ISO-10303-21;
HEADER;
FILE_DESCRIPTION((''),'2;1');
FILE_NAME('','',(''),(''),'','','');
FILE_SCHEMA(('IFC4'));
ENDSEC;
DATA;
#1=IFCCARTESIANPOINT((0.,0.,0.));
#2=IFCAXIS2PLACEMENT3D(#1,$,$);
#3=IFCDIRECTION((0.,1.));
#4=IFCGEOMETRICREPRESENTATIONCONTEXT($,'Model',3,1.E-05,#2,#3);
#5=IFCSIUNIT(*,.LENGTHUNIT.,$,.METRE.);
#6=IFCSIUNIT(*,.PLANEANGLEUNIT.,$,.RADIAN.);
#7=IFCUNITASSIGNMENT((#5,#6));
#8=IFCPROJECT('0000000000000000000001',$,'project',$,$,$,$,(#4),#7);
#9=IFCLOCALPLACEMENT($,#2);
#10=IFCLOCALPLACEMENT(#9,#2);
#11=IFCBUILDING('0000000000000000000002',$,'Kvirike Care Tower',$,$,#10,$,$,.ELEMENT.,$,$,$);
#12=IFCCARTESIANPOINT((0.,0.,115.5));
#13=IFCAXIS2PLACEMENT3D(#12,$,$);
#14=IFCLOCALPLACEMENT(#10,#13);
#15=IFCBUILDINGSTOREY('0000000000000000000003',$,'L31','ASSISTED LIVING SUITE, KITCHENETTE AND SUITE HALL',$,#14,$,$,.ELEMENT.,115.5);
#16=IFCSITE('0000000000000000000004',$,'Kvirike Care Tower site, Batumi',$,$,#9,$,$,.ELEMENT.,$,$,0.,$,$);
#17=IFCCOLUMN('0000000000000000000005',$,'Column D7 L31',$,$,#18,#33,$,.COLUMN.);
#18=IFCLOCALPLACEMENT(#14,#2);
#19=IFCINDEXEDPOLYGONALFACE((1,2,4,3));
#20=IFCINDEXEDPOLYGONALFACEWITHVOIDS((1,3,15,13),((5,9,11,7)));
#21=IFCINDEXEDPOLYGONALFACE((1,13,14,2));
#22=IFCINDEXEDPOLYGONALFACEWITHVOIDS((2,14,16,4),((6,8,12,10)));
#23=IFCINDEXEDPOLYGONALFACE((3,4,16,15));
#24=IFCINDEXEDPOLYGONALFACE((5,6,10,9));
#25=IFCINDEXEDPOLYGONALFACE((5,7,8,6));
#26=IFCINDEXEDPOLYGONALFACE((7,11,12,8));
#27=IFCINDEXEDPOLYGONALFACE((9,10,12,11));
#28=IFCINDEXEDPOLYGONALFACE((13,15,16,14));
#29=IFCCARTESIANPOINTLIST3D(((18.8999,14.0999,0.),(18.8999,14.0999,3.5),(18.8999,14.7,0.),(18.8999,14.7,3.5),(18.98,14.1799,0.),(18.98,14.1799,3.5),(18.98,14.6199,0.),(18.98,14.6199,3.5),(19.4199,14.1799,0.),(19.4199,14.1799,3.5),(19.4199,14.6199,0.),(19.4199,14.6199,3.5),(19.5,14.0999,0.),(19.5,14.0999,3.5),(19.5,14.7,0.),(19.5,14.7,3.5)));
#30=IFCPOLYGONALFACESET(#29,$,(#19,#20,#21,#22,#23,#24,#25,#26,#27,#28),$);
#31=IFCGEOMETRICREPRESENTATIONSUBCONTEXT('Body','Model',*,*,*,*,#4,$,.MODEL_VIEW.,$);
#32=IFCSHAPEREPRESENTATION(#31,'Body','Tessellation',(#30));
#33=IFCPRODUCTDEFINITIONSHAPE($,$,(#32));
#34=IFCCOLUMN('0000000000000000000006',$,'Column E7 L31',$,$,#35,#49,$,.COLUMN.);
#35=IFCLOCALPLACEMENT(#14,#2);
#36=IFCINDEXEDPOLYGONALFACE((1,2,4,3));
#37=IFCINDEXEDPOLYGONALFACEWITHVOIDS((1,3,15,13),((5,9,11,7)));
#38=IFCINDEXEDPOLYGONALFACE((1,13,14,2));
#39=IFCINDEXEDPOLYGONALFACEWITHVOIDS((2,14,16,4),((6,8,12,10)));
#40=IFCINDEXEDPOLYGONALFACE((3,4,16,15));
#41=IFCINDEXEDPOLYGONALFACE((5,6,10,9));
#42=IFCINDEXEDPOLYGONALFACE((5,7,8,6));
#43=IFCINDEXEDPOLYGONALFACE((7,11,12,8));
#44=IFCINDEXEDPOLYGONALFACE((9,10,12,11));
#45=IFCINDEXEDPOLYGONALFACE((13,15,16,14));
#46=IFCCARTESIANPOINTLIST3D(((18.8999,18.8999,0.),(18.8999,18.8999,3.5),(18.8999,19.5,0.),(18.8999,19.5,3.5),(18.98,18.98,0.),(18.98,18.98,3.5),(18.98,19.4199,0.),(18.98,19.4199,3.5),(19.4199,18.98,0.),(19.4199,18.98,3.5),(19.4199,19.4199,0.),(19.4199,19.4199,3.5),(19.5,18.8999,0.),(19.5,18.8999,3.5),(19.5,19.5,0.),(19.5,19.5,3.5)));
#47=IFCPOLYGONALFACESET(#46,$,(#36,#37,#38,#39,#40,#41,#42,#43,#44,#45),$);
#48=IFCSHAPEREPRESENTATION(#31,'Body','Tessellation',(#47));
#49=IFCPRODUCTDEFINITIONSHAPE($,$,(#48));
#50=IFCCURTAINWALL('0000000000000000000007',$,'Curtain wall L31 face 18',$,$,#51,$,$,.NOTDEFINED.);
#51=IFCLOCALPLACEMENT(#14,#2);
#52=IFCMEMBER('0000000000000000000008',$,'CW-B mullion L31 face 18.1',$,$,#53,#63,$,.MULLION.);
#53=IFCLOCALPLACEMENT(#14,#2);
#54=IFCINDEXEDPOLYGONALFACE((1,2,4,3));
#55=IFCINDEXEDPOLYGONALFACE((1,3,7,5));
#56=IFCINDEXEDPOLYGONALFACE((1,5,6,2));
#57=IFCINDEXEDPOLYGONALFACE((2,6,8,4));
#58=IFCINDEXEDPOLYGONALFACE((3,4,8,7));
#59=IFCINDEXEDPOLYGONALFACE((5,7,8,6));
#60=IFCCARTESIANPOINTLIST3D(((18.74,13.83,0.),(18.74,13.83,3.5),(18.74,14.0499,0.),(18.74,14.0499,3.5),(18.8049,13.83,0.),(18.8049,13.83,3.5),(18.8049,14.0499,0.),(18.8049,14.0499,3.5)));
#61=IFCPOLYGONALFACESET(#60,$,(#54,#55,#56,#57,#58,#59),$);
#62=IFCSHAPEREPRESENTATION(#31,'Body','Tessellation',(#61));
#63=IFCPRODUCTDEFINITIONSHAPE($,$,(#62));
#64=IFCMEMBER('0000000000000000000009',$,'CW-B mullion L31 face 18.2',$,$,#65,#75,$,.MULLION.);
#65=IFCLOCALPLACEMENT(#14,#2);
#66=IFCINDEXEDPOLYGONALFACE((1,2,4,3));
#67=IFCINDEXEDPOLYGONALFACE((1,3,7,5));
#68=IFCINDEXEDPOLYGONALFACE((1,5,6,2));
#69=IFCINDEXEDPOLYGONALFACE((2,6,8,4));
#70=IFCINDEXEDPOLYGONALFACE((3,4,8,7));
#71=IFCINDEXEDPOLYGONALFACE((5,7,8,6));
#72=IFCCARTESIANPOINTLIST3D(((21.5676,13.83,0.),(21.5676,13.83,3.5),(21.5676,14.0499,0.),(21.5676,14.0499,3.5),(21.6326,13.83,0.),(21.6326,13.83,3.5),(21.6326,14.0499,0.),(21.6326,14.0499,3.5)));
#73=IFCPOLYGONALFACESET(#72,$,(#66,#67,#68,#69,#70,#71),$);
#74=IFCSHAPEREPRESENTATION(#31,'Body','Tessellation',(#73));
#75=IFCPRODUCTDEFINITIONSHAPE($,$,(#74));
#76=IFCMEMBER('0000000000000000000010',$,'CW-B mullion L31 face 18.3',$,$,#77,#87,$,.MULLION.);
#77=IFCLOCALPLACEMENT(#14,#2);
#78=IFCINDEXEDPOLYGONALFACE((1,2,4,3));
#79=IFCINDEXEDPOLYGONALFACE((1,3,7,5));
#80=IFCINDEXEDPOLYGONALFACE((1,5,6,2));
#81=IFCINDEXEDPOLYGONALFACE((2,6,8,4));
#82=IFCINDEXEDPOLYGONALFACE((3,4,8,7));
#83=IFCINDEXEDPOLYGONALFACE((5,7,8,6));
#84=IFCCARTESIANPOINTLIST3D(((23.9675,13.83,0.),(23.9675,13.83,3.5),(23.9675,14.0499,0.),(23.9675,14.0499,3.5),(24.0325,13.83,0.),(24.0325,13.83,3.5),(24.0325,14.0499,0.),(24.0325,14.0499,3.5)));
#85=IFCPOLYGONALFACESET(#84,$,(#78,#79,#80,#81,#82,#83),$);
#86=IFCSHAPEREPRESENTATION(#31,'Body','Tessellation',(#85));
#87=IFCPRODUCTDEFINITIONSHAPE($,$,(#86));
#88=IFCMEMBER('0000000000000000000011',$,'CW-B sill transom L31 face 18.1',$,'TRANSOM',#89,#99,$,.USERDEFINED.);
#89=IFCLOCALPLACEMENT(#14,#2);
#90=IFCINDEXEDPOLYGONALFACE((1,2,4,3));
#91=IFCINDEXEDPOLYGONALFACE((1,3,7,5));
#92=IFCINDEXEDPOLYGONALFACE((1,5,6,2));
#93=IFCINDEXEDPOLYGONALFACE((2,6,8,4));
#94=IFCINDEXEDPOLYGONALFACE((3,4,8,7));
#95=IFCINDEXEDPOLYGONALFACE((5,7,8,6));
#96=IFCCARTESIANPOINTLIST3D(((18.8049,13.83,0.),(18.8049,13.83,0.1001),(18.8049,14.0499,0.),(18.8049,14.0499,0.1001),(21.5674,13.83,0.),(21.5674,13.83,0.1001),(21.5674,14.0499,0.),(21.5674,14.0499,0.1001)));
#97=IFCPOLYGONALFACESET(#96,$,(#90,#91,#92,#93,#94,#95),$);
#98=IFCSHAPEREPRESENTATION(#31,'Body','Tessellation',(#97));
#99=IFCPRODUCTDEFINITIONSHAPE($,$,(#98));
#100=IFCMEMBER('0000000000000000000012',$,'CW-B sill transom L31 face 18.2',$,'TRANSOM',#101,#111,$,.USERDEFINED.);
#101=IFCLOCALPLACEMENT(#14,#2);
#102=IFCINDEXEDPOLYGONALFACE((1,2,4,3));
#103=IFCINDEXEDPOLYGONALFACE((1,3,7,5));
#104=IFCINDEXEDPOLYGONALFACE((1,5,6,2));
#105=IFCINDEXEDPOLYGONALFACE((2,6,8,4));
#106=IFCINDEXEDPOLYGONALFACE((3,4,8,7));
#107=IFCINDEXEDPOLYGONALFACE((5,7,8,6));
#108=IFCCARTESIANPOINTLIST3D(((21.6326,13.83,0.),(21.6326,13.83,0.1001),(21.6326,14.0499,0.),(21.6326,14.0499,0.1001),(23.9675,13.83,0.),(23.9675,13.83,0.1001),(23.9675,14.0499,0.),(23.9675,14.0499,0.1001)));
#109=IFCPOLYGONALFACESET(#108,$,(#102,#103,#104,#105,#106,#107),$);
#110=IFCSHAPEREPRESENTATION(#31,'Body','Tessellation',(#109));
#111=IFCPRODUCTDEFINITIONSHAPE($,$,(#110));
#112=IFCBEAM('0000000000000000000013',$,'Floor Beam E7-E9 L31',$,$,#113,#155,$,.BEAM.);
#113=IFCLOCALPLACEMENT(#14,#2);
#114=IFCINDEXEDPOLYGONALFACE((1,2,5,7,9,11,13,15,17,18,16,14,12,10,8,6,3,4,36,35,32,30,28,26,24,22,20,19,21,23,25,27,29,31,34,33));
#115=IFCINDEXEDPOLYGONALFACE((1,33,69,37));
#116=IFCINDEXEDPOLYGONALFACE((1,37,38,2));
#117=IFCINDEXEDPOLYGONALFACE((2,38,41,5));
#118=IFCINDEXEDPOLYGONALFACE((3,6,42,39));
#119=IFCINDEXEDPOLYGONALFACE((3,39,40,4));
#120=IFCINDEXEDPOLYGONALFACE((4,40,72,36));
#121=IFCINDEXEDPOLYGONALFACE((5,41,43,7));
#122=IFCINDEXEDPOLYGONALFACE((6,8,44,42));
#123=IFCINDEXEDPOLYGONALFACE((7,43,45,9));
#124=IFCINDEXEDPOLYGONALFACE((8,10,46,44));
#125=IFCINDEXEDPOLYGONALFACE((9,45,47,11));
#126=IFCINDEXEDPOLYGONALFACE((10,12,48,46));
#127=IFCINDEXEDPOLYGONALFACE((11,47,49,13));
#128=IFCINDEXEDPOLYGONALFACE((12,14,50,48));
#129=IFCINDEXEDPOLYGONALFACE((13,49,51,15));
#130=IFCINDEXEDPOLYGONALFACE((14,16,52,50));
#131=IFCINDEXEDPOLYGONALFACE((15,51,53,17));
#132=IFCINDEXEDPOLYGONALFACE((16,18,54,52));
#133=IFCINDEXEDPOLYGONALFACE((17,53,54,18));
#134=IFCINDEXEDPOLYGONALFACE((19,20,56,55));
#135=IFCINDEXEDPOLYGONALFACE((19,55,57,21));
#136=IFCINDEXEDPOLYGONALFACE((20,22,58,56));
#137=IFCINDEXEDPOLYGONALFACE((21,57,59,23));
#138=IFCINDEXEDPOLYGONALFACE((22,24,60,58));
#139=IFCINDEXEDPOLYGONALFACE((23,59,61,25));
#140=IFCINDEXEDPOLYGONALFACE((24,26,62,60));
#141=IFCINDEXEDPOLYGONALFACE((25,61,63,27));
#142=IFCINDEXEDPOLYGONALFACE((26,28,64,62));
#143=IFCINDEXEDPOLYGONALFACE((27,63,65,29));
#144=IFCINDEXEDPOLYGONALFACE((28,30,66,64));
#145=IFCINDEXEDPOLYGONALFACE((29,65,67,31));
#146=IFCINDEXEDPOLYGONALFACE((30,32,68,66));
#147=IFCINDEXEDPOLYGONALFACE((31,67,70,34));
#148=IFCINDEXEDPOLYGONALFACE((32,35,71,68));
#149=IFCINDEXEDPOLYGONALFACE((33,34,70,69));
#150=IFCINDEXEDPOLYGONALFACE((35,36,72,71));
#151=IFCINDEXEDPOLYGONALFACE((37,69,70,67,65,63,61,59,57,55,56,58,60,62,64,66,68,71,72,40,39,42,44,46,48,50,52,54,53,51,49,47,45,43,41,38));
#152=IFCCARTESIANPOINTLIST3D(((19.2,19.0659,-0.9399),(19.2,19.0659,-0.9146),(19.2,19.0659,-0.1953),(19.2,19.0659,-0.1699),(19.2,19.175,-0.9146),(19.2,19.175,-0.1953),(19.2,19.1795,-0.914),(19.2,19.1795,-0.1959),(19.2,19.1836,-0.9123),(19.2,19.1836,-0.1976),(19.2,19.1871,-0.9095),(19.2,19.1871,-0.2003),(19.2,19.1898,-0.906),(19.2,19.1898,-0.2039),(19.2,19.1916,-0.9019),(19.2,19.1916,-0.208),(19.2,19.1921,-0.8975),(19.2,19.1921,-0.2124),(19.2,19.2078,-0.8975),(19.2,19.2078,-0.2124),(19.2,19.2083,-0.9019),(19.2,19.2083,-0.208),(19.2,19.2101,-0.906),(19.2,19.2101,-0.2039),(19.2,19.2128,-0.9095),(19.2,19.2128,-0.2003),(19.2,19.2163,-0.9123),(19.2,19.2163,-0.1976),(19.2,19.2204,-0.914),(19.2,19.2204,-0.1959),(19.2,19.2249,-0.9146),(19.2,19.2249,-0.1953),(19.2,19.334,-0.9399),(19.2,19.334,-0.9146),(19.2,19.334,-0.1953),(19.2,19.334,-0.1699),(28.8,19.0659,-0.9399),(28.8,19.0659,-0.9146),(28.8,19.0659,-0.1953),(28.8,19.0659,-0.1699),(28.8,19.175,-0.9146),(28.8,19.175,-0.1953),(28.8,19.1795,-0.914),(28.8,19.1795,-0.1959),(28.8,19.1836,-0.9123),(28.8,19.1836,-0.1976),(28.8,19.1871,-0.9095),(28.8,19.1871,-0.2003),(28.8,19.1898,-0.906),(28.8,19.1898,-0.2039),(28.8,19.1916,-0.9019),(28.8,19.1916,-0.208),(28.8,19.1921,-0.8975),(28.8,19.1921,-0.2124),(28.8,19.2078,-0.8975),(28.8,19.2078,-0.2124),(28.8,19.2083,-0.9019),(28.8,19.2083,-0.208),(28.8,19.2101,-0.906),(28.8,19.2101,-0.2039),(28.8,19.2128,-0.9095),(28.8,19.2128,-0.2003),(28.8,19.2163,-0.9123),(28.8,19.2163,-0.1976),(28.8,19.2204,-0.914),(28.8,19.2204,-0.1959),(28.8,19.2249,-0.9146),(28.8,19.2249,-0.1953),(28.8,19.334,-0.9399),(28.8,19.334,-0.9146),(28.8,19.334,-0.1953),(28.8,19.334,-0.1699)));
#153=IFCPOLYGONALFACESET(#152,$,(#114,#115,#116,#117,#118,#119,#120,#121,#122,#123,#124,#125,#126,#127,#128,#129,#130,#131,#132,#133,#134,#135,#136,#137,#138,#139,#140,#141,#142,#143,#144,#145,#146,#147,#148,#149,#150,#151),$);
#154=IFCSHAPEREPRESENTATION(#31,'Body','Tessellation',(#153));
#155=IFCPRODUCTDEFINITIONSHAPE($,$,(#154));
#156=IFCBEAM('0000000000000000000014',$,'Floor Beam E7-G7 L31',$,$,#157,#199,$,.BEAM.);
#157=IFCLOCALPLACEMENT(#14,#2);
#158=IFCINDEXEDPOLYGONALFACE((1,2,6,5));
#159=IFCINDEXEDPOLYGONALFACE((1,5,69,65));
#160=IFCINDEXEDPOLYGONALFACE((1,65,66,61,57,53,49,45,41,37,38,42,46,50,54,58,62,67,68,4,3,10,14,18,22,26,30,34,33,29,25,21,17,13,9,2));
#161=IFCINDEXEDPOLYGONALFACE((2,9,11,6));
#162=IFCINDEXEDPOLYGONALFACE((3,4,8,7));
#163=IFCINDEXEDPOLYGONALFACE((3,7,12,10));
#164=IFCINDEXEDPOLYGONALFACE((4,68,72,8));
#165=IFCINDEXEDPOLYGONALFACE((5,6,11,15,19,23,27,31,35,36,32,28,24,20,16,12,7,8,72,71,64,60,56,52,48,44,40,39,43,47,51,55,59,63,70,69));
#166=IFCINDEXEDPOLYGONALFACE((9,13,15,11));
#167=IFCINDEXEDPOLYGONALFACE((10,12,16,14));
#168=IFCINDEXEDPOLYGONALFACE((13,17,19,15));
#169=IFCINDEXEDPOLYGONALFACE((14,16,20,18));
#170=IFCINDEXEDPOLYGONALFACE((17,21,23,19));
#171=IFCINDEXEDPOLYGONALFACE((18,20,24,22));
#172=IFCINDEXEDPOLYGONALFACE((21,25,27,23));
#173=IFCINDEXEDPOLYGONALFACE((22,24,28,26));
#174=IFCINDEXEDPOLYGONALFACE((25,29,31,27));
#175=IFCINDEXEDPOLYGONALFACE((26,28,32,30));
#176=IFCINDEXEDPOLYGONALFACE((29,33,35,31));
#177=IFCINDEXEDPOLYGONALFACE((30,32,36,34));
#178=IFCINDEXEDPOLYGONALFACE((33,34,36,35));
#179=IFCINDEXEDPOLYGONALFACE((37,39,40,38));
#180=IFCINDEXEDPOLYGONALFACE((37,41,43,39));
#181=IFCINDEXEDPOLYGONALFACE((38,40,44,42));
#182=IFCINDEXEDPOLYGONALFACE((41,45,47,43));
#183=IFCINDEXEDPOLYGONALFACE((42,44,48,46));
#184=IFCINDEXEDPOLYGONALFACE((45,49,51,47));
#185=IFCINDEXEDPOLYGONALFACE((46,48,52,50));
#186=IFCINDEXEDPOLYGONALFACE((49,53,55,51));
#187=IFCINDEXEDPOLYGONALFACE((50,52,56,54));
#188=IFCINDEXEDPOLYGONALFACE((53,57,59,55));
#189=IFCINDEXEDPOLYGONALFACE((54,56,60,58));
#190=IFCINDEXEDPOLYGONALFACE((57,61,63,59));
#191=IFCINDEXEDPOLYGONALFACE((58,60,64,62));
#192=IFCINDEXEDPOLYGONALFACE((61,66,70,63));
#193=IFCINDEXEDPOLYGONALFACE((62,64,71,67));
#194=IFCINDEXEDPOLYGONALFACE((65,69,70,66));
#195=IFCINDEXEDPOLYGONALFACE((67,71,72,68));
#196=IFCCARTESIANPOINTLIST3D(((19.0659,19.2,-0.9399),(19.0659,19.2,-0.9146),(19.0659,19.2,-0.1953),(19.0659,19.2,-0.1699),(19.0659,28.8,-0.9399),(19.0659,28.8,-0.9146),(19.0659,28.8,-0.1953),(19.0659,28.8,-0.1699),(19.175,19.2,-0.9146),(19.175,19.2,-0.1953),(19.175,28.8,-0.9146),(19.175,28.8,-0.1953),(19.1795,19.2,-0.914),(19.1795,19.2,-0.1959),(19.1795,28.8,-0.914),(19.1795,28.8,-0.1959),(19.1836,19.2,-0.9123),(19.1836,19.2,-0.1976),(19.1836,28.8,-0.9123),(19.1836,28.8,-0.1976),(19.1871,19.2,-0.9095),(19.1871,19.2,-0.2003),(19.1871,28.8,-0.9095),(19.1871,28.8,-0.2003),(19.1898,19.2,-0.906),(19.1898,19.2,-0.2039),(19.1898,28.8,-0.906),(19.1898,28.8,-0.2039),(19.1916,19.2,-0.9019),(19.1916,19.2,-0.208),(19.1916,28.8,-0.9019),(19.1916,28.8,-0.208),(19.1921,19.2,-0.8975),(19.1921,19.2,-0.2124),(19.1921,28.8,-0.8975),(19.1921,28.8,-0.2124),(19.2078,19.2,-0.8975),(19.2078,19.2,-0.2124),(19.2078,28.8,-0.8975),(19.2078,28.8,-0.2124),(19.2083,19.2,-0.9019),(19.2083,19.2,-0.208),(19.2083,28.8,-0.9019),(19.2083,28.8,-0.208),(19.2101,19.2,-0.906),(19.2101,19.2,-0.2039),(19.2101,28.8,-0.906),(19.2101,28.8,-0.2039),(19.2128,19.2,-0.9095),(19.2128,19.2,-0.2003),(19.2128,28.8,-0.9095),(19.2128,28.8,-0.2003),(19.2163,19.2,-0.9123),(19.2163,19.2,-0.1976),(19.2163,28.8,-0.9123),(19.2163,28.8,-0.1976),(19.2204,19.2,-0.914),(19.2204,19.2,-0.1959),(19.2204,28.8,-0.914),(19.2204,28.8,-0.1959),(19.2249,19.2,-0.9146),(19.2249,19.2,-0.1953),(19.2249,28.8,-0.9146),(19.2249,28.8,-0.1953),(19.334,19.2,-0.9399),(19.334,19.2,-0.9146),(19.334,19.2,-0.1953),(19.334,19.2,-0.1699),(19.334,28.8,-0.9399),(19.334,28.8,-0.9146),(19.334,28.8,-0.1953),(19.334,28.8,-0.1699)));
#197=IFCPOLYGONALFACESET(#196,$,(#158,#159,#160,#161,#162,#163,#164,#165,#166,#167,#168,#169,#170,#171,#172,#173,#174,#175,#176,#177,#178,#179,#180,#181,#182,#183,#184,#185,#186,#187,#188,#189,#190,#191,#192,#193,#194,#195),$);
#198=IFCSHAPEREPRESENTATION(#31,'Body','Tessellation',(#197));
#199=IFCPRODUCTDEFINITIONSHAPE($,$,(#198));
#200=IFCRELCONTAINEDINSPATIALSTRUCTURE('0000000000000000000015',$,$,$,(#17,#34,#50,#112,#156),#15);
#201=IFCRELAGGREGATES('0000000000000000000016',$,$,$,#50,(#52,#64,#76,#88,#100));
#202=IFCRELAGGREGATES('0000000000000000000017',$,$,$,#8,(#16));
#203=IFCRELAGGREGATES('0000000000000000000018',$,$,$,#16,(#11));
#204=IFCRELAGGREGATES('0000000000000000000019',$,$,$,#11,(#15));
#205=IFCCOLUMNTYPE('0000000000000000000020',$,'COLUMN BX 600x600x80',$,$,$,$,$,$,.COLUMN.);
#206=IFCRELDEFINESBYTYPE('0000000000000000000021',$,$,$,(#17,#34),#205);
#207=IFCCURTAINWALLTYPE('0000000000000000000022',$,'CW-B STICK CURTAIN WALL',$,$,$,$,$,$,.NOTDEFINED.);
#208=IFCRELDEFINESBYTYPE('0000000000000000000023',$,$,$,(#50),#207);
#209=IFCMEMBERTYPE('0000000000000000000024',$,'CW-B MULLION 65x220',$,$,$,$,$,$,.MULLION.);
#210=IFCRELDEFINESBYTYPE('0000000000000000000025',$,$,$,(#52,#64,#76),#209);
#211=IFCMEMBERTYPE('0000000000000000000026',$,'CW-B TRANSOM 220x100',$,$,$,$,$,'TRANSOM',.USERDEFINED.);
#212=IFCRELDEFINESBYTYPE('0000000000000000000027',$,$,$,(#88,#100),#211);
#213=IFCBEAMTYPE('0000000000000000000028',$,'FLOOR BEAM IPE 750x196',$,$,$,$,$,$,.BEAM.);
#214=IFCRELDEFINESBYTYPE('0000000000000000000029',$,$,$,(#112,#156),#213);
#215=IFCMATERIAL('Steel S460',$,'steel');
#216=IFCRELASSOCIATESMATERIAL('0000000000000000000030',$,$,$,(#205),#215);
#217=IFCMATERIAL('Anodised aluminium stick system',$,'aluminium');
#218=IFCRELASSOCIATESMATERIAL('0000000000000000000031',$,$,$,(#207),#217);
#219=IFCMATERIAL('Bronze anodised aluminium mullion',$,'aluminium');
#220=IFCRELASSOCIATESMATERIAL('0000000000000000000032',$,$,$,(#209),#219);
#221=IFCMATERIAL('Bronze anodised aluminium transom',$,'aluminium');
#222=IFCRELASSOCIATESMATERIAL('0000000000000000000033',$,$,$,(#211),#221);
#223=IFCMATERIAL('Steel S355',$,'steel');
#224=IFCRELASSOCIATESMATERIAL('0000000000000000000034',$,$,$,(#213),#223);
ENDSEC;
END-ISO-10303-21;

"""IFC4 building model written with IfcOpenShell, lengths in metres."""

from ifc_helpers import new_model, si_unit, direction, frame, origin, origin_2d, place, context, subcontext, project, spatial, rectangle, hollow_rectangle, i_section, extrude, material, material_profile, profile_set, type_object, element, aggregate, save


model = new_model("IFC4")

# Units and contexts
model_context = context("Model", 3, precision=1e-05, world=origin(), true_north=direction((0.0, 1.0)))
body_context = subcontext(model_context, "Body", "Model", "MODEL_VIEW")
ifc_project = project(units=[si_unit("LENGTHUNIT", "METRE"), si_unit("PLANEANGLEUNIT", "RADIAN")], contexts=[model_context])

# Site, building, storey
site_placement = place(None, origin())
site = spatial("IfcSite", under=ifc_project, at=site_placement, Name="Kvirike Care Tower site, Batumi", CompositionType="ELEMENT", RefElevation=0.0)
building_placement = place(site_placement, origin())
building = spatial("IfcBuilding", under=site, at=building_placement, Name="Kvirike Care Tower", CompositionType="ELEMENT")
storey_placement = place(building_placement, frame((0.0, 0.0, 115.5)))
storey = spatial("IfcBuildingStorey", under=building, at=storey_placement, Name="L31", Description="ASSISTED LIVING SUITE, KITCHENETTE AND SUITE HALL", CompositionType="ELEMENT", Elevation=115.5)

# Columns
ifc_material_1 = material(Name="Steel S460", Category="steel")
ifc_material_profile_1 = material_profile(ifc_material_1, hollow_rectangle(XDim=0.6001, YDim=0.6001, WallThickness=0.0801, at=origin_2d()), Name="BX 600x600x80")
ifc_profile_set_1 = profile_set([ifc_material_profile_1], Name="Steel S460")
column_type = type_object("IfcColumnType", Name="COLUMN BX 600x600x80", PredefinedType="COLUMN", material=ifc_profile_set_1)
for number, where, z_axis, x_axis, name in (
    (1, (19.2, 14.3999, 0.0), (0.0, 0.0, 1.0), (0.0, 1.0, 0.0), "Column D7 L31"),
    (2, (19.2, 19.2, 0.0), (0.0, 0.0, 1.0), (0.0, 1.0, 0.0), "Column E7 L31"),
):
    element("IfcColumn", number, at=place(storey_placement, frame(where, z_axis=z_axis, x_axis=x_axis)), inside=storey, type_object=column_type, Name=name, PredefinedType="COLUMN", context=body_context, shape_type="SweptSolid", body=[
        extrude(hollow_rectangle(XDim=0.6001, YDim=0.6001, WallThickness=0.0801, at=origin_2d()), origin(), (0.0, 0.0, 1.0), 3.5),
    ])

# Curtain wall, members
ifc_material_2 = material(Name="Anodised aluminium stick system", Category="aluminium")
curtain_wall_type = type_object("IfcCurtainWallType", Name="CW-B STICK CURTAIN WALL", PredefinedType="NOTDEFINED", material=ifc_material_2)
curtain_wall_placement = place(storey_placement, origin())
curtain_wall = element("IfcCurtainWall", 3, at=curtain_wall_placement, inside=storey, type_object=curtain_wall_type, Name="Curtain wall L31 face 18", PredefinedType="NOTDEFINED")
ifc_material_3 = material(Name="Bronze anodised aluminium mullion", Category="aluminium")
ifc_material_profile_2 = material_profile(ifc_material_3, rectangle(XDim=0.0649, YDim=0.22, at=origin_2d()), Name="CW-B MULLION 65x220")
ifc_profile_set_2 = profile_set([ifc_material_profile_2], Name="Bronze anodised aluminium mullion")
member_type_1 = type_object("IfcMemberType", Name="CW-B MULLION 65x220", PredefinedType="MULLION", material=ifc_profile_set_2)
member_1_placement = place(storey_placement, frame((18.7725, 13.9399, 0.0), z_axis=(0.0, 0.0, 1.0), x_axis=(1.0, 0.0, 0.0)))
member_1 = element("IfcMember", 4, at=member_1_placement, type_object=member_type_1, Name="CW-B mullion L31 face 18.1", PredefinedType="MULLION", context=body_context, shape_type="SweptSolid", body=[
    extrude(rectangle(XDim=0.0649, YDim=0.22, at=origin_2d()), origin(), (0.0, 0.0, 1.0), 3.5),
])
member_2_placement = place(storey_placement, frame((21.6001, 13.9399, 0.0), z_axis=(0.0, 0.0, 1.0), x_axis=(1.0, 0.0, 0.0)))
member_2 = element("IfcMember", 5, at=member_2_placement, type_object=member_type_1, Name="CW-B mullion L31 face 18.2", PredefinedType="MULLION", context=body_context, shape_type="SweptSolid", body=[
    extrude(rectangle(XDim=0.0649, YDim=0.22, at=origin_2d()), origin(), (0.0, 0.0, 1.0), 3.5),
])
member_3_placement = place(storey_placement, frame((24.0, 13.9399, 0.0), z_axis=(0.0, 0.0, 1.0), x_axis=(1.0, 0.0, 0.0)))
member_3 = element("IfcMember", 6, at=member_3_placement, type_object=member_type_1, Name="CW-B mullion L31 face 18.3", PredefinedType="MULLION", context=body_context, shape_type="SweptSolid", body=[
    extrude(rectangle(XDim=0.0649, YDim=0.22, at=origin_2d()), origin(), (0.0, 0.0, 1.0), 3.5),
])
ifc_material_4 = material(Name="Bronze anodised aluminium transom", Category="aluminium")
ifc_material_profile_3 = material_profile(ifc_material_4, rectangle(XDim=0.22, YDim=0.1001, at=origin_2d()), Name="CW-B TRANSOM 220x100")
ifc_profile_set_3 = profile_set([ifc_material_profile_3], Name="Bronze anodised aluminium transom")
member_type_2 = type_object("IfcMemberType", Name="CW-B TRANSOM 220x100", ElementType="TRANSOM", PredefinedType="USERDEFINED", material=ifc_profile_set_3)
member_4_placement = place(storey_placement, frame((18.8049, 13.9399, 0.05), z_axis=(1.0, 0.0, 0.0), x_axis=(0.0, 1.0, 0.0)))
member_4 = element("IfcMember", 7, at=member_4_placement, type_object=member_type_2, Name="CW-B sill transom L31 face 18.1", ObjectType="TRANSOM", PredefinedType="USERDEFINED", context=body_context, shape_type="SweptSolid", body=[
    extrude(rectangle(XDim=0.22, YDim=0.1001, at=origin_2d()), origin(), (0.0, 0.0, 1.0), 2.7625),
])
member_5_placement = place(storey_placement, frame((21.6326, 13.9399, 0.05), z_axis=(1.0, 0.0, 0.0), x_axis=(0.0, 1.0, 0.0)))
member_5 = element("IfcMember", 8, at=member_5_placement, type_object=member_type_2, Name="CW-B sill transom L31 face 18.2", ObjectType="TRANSOM", PredefinedType="USERDEFINED", context=body_context, shape_type="SweptSolid", body=[
    extrude(rectangle(XDim=0.22, YDim=0.1001, at=origin_2d()), origin(), (0.0, 0.0, 1.0), 2.335),
])

# Beams
ifc_material_5 = material(Name="Steel S355", Category="steel")
ifc_material_profile_4 = material_profile(ifc_material_5, i_section(OverallWidth=0.2681, OverallDepth=0.77, WebThickness=0.0156, FlangeThickness=0.0254, FilletRadius=0.0171, at=origin_2d()), Name="IPE 750x196")
ifc_profile_set_4 = profile_set([ifc_material_profile_4], Name="Steel S355")
beam_type_1 = type_object("IfcBeamType", Name="FLOOR BEAM IPE 750x196", PredefinedType="BEAM", material=ifc_profile_set_4)
for number, where, z_axis, x_axis, name in (
    (9, (19.2, 19.2, -0.5549), (1.0, 0.0, 0.0), (0.0, 1.0, 0.0), "Floor Beam E7-E9 L31"),
    (10, (19.2, 19.2, -0.5549), (0.0, 1.0, 0.0), (-1.0, 0.0, 0.0), "Floor Beam E7-G7 L31"),
):
    element("IfcBeam", number, at=place(storey_placement, frame(where, z_axis=z_axis, x_axis=x_axis)), inside=storey, type_object=beam_type_1, Name=name, PredefinedType="BEAM", context=body_context, shape_type="SweptSolid", body=[
        extrude(i_section(OverallWidth=0.2681, OverallDepth=0.77, WebThickness=0.0156, FlangeThickness=0.0254, FilletRadius=0.0171, at=origin_2d()), origin(), (0.0, 0.0, 1.0), 9.6001),
    ])

aggregate(curtain_wall, [member_1, member_2, member_3, member_4, member_5])

save(model, "model.ifc")
